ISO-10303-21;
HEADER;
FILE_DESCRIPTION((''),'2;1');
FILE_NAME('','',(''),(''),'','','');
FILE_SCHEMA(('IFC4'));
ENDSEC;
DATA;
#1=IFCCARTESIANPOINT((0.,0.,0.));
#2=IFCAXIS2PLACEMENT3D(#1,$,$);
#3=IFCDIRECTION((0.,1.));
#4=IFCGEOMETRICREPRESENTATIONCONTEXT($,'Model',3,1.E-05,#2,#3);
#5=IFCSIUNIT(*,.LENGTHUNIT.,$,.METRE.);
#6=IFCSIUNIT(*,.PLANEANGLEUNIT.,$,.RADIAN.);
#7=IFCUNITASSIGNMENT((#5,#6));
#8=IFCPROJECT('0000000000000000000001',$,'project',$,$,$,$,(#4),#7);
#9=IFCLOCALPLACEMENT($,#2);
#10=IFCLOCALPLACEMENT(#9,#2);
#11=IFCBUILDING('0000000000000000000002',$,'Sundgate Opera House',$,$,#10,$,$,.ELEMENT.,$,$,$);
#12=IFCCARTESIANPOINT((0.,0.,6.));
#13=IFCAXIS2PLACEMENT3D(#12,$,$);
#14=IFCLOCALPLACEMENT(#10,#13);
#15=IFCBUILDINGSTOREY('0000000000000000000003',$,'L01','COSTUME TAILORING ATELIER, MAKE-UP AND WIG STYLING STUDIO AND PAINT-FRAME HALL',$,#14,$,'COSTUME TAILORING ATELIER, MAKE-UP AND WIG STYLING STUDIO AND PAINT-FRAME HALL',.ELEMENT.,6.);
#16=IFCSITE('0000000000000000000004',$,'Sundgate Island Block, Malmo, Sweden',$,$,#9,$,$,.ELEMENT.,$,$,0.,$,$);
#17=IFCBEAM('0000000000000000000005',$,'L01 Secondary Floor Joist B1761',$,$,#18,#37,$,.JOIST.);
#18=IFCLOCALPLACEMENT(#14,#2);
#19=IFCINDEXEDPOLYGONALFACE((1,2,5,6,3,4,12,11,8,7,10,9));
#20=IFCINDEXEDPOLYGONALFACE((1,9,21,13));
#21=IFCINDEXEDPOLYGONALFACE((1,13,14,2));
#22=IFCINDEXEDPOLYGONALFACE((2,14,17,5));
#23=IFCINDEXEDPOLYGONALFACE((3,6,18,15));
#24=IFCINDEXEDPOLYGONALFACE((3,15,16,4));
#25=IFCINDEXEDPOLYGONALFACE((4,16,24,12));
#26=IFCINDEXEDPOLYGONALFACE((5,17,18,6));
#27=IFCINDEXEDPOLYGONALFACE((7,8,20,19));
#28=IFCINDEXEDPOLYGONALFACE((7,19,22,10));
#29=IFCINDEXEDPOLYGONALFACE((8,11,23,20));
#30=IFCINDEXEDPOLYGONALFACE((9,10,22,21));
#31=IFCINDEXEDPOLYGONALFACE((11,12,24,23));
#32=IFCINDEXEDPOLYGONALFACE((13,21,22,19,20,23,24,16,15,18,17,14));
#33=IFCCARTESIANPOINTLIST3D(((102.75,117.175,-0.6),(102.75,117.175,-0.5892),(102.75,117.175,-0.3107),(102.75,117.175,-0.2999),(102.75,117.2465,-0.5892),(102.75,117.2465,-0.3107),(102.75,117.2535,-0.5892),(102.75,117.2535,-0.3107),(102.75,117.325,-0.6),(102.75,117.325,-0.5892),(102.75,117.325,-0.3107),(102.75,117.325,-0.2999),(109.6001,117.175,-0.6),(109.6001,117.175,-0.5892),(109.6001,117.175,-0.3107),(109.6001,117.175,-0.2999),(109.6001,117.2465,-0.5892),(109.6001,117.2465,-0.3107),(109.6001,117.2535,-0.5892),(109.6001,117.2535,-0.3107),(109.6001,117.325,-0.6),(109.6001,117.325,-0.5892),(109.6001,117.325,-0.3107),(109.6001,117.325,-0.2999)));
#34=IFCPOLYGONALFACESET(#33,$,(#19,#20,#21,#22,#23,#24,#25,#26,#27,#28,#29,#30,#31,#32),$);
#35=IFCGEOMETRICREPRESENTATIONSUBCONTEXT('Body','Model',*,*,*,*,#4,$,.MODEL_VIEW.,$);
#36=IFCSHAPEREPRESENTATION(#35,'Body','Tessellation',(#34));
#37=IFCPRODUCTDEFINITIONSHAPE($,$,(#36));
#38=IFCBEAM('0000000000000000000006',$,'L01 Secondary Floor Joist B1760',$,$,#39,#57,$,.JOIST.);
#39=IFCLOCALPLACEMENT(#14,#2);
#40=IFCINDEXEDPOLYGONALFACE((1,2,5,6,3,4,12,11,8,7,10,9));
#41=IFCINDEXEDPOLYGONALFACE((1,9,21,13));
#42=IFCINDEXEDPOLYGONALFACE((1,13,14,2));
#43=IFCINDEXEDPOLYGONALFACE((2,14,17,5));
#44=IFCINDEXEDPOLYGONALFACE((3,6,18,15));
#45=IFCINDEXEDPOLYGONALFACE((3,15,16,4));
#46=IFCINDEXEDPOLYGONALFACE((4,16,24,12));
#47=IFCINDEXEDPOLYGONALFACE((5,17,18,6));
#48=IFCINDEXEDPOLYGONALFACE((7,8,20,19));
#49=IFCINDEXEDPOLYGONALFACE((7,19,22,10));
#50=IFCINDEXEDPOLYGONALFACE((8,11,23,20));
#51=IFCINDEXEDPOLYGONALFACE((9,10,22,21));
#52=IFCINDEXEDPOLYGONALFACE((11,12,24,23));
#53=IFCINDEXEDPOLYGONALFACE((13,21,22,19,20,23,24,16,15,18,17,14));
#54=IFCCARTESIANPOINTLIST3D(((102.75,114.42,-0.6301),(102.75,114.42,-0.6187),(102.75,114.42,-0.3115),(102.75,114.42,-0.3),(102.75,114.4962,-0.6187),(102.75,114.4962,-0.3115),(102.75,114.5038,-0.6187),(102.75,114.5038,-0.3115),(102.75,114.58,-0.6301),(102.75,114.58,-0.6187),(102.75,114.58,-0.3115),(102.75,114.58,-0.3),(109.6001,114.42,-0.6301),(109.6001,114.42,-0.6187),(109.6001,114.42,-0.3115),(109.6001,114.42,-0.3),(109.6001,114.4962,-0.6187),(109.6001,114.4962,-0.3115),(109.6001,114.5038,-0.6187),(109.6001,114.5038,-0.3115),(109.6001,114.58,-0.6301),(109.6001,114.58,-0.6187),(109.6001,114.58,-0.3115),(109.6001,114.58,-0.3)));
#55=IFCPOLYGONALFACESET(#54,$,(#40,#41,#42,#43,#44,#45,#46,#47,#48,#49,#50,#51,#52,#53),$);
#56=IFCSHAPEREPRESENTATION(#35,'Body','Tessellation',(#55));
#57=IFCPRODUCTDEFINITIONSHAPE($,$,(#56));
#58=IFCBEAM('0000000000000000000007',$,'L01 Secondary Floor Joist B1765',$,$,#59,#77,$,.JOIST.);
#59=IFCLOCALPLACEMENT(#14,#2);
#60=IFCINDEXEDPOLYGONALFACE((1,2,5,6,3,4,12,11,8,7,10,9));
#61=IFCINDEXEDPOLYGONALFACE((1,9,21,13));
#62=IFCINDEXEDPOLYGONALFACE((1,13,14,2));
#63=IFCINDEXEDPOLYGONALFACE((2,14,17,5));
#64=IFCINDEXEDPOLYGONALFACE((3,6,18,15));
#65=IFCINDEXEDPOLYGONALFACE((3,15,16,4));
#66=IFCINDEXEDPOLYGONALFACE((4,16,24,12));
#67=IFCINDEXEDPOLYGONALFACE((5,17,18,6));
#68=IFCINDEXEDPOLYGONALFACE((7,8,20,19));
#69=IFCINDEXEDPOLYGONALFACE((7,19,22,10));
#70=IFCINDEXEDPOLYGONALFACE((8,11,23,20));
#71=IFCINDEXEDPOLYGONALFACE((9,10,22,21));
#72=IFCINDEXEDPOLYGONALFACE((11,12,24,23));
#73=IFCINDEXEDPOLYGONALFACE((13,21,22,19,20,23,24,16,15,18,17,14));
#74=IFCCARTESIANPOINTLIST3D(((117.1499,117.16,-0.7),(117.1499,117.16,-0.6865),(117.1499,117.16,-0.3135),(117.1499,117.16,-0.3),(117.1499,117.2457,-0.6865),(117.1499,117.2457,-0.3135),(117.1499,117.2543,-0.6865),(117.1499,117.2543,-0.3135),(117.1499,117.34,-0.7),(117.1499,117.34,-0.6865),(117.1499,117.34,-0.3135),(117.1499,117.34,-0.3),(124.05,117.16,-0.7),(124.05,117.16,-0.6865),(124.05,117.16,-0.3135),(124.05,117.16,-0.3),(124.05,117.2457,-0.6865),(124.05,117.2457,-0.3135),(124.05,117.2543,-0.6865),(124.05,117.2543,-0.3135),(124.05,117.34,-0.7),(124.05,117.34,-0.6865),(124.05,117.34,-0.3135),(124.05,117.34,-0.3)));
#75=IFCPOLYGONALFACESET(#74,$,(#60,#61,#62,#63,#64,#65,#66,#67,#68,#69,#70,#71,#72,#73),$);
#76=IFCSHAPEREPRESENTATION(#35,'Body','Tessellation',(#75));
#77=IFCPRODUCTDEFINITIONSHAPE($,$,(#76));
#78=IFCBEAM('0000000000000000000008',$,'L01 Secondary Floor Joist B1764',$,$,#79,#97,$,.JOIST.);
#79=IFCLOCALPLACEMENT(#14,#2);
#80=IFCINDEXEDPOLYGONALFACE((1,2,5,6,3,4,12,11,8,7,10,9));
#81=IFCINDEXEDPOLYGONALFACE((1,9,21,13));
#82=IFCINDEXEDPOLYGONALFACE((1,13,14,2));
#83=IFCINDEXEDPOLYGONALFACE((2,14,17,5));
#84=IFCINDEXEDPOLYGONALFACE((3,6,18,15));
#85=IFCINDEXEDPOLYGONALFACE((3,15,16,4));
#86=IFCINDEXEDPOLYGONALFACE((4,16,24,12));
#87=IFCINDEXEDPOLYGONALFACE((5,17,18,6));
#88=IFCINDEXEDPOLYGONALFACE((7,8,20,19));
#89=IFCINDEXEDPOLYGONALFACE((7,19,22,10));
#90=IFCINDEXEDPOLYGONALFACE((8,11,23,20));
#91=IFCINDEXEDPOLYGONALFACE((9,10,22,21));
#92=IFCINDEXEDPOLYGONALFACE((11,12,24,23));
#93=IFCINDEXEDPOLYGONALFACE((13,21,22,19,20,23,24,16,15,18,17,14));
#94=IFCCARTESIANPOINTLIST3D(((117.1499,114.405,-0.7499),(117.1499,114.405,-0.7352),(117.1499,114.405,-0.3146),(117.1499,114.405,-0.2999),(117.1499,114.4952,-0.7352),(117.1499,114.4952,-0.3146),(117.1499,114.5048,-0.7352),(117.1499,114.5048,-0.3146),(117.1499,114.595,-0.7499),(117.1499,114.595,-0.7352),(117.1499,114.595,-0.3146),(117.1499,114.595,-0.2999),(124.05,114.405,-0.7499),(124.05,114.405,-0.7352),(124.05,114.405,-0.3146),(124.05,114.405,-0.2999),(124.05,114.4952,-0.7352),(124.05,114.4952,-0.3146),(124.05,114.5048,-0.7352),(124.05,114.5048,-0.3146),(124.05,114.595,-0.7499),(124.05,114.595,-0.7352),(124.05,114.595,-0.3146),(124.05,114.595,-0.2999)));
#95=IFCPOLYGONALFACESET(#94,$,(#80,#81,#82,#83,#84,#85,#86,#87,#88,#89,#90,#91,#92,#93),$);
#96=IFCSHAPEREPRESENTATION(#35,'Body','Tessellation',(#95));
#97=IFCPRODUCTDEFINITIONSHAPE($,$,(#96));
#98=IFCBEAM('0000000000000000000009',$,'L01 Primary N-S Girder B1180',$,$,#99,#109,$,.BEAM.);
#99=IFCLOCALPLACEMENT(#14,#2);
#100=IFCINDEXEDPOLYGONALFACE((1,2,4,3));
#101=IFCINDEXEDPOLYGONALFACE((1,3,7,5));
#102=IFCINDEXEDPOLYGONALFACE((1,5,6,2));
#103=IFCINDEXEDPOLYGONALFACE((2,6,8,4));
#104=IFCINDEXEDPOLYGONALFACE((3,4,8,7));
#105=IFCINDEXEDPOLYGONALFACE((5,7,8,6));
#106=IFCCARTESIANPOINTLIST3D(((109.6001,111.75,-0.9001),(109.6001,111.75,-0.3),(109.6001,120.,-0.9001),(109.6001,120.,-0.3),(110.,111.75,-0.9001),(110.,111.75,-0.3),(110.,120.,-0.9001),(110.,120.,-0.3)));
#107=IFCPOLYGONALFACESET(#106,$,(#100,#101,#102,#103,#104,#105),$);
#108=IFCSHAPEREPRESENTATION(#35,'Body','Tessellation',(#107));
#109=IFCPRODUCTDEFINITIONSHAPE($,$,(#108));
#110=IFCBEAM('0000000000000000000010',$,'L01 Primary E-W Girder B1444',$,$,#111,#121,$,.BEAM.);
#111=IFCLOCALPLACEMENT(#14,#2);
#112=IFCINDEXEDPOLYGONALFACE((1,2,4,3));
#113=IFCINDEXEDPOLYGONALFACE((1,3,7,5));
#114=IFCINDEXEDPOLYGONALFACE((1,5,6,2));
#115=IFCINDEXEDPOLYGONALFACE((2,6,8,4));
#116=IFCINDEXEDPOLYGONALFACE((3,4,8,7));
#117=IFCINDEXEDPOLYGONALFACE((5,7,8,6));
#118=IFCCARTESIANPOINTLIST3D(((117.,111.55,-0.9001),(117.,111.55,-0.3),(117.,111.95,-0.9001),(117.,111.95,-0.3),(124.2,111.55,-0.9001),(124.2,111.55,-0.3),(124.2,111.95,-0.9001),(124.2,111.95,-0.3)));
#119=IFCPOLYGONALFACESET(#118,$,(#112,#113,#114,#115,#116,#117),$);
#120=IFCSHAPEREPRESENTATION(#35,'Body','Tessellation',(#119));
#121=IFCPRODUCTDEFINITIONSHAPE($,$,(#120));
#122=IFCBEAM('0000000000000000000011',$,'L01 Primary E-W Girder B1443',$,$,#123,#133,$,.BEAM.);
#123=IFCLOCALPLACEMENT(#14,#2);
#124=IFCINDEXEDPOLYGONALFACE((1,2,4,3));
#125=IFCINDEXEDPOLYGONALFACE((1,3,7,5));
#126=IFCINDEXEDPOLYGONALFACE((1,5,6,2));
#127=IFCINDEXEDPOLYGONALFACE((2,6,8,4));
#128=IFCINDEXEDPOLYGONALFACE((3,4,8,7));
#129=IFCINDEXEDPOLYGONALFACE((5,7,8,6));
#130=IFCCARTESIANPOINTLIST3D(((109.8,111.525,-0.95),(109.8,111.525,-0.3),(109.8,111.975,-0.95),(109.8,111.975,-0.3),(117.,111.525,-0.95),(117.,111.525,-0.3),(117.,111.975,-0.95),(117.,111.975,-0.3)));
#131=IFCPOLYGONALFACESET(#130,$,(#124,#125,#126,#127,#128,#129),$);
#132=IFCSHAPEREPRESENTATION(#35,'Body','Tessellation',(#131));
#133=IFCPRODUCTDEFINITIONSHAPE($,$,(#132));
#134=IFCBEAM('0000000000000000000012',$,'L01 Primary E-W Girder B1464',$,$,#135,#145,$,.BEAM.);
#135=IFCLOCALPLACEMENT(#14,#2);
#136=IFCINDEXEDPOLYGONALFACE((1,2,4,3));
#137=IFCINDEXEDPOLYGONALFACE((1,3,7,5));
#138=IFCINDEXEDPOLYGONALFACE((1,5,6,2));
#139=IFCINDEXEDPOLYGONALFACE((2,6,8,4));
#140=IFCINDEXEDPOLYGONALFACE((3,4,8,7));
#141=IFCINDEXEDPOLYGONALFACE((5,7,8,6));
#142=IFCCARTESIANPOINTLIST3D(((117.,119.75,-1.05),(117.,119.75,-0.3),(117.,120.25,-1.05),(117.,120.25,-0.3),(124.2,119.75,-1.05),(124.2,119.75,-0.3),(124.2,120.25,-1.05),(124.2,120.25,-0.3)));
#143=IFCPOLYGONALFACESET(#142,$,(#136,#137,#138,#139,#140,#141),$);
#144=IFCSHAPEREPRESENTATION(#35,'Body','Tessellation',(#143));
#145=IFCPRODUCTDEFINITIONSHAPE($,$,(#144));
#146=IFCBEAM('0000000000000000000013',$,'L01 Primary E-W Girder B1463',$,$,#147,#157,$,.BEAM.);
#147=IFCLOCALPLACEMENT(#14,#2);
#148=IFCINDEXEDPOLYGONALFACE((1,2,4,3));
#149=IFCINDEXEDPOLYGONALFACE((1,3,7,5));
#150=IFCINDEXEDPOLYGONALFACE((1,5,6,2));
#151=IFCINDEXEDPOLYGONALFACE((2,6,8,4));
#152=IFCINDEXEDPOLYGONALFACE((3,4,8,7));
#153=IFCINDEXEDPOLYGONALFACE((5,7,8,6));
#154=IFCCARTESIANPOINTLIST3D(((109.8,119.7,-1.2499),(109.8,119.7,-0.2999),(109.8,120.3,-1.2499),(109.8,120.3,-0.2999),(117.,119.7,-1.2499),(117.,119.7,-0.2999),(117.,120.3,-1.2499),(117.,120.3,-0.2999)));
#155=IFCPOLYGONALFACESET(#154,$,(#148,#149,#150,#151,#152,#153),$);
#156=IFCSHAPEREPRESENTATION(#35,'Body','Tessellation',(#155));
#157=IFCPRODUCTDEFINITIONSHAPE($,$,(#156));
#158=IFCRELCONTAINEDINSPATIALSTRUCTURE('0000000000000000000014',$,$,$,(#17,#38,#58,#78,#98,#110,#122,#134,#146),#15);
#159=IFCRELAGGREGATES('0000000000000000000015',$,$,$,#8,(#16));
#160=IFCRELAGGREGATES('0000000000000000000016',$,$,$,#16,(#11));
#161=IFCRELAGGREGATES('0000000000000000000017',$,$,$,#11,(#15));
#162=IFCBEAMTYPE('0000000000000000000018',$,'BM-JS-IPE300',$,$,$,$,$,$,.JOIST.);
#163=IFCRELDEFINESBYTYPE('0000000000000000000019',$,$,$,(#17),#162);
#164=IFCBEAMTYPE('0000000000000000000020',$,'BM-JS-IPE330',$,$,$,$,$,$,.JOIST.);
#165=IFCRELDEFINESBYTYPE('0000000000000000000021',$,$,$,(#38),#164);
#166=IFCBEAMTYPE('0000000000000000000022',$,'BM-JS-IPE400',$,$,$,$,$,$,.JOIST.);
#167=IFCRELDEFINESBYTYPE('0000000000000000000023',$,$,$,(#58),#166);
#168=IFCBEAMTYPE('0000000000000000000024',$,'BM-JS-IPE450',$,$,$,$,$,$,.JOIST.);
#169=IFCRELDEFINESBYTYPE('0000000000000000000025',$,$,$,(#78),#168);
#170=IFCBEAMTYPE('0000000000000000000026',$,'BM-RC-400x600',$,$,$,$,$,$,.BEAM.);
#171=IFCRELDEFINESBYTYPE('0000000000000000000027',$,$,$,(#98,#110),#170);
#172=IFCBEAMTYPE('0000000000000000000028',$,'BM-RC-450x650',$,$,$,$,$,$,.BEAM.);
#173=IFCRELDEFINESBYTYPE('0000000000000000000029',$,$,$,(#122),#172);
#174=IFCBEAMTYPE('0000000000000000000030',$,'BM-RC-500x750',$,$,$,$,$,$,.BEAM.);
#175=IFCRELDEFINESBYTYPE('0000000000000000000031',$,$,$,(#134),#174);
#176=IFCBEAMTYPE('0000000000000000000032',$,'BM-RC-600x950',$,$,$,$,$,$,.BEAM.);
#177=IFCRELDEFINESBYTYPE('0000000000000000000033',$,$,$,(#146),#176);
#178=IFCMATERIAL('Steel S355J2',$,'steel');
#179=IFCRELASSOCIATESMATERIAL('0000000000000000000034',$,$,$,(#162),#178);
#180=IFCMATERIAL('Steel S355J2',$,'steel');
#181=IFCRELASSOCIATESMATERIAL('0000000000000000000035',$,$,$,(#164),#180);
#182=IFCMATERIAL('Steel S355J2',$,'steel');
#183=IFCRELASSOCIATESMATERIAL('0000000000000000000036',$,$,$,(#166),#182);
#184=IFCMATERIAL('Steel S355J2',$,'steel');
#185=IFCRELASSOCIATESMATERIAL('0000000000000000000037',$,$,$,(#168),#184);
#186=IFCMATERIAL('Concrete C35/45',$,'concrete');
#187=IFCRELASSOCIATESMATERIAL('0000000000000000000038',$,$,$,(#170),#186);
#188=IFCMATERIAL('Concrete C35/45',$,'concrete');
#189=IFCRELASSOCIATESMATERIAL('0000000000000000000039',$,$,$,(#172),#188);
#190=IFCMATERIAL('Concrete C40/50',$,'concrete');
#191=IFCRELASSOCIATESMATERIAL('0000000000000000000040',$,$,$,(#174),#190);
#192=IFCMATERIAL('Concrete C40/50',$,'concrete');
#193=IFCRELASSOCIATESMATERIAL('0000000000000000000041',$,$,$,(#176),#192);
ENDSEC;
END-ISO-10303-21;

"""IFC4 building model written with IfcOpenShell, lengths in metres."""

from ifc_helpers import new_model, si_unit, direction, frame, origin, origin_2d, place, context, subcontext, project, spatial, rectangle, i_section, extrude, material, material_profile, profile_set, type_object, element, save


model = new_model("IFC4")

# Units and contexts
model_context = context("Model", 3, precision=1e-05, world=origin(), true_north=direction((0.0, 1.0)))
body_context = subcontext(model_context, "Body", "Model", "MODEL_VIEW")
ifc_project = project(units=[si_unit("LENGTHUNIT", "METRE"), si_unit("PLANEANGLEUNIT", "RADIAN")], contexts=[model_context])

# Site, building, storey
site_placement = place(None, origin())
site = spatial("IfcSite", under=ifc_project, at=site_placement, Name="Sundgate Island Block, Malmo, Sweden", CompositionType="ELEMENT", RefElevation=0.0)
building_placement = place(site_placement, origin())
building = spatial("IfcBuilding", under=site, at=building_placement, Name="Sundgate Opera House", CompositionType="ELEMENT")
storey_placement = place(building_placement, frame((0.0, 0.0, 6.0)))
storey = spatial("IfcBuildingStorey", under=building, at=storey_placement, Name="L01", Description="COSTUME TAILORING ATELIER, MAKE-UP AND WIG STYLING STUDIO AND PAINT-FRAME HALL", LongName="COSTUME TAILORING ATELIER, MAKE-UP AND WIG STYLING STUDIO AND PAINT-FRAME HALL", CompositionType="ELEMENT", Elevation=6.0)

# Beams
ifc_material_1 = material(Name="Steel S355J2", Category="steel")
ifc_material_profile_1 = material_profile(ifc_material_1, i_section(OverallWidth=0.1499, OverallDepth=0.3, WebThickness=0.0071, FlangeThickness=0.0107, at=origin_2d()), Name="IPE 300")
ifc_profile_set_1 = profile_set([ifc_material_profile_1], Name="Steel S355J2")
beam_type_1 = type_object("IfcBeamType", Name="BM-JS-IPE300", PredefinedType="JOIST", material=ifc_profile_set_1)
beam_1_placement = place(storey_placement, frame((102.75, 117.25, -0.45), z_axis=(1.0, 0.0, 0.0), x_axis=(0.0, 1.0, 0.0)))
element("IfcBeam", 1, at=beam_1_placement, inside=storey, type_object=beam_type_1, Name="L01 Secondary Floor Joist B1761", PredefinedType="JOIST", context=body_context, shape_type="SweptSolid", body=[
    extrude(i_section(OverallWidth=0.1499, OverallDepth=0.3, WebThickness=0.0071, FlangeThickness=0.0107, at=origin_2d()), origin(), (0.0, 0.0, 1.0), 6.8501),
])
ifc_material_2 = material(Name="Steel S355J2", Category="steel")
ifc_material_profile_2 = material_profile(ifc_material_2, i_section(OverallWidth=0.1599, OverallDepth=0.3301, WebThickness=0.0076, FlangeThickness=0.0115, at=origin_2d()), Name="IPE 330")
ifc_profile_set_2 = profile_set([ifc_material_profile_2], Name="Steel S355J2")
beam_type_2 = type_object("IfcBeamType", Name="BM-JS-IPE330", PredefinedType="JOIST", material=ifc_profile_set_2)
beam_2_placement = place(storey_placement, frame((102.75, 114.5, -0.4651), z_axis=(1.0, 0.0, 0.0), x_axis=(0.0, 1.0, 0.0)))
element("IfcBeam", 2, at=beam_2_placement, inside=storey, type_object=beam_type_2, Name="L01 Secondary Floor Joist B1760", PredefinedType="JOIST", context=body_context, shape_type="SweptSolid", body=[
    extrude(i_section(OverallWidth=0.1599, OverallDepth=0.3301, WebThickness=0.0076, FlangeThickness=0.0115, at=origin_2d()), origin(), (0.0, 0.0, 1.0), 6.8501),
])
ifc_material_3 = material(Name="Steel S355J2", Category="steel")
ifc_material_profile_3 = material_profile(ifc_material_3, i_section(OverallWidth=0.1799, OverallDepth=0.3999, WebThickness=0.0085, FlangeThickness=0.0134, at=origin_2d()), Name="IPE 400")
ifc_profile_set_3 = profile_set([ifc_material_profile_3], Name="Steel S355J2")
beam_type_3 = type_object("IfcBeamType", Name="BM-JS-IPE400", PredefinedType="JOIST", material=ifc_profile_set_3)
beam_3_placement = place(storey_placement, frame((117.1499, 117.25, -0.5), z_axis=(1.0, 0.0, 0.0), x_axis=(0.0, 1.0, 0.0)))
element("IfcBeam", 3, at=beam_3_placement, inside=storey, type_object=beam_type_3, Name="L01 Secondary Floor Joist B1765", PredefinedType="JOIST", context=body_context, shape_type="SweptSolid", body=[
    extrude(i_section(OverallWidth=0.1799, OverallDepth=0.3999, WebThickness=0.0085, FlangeThickness=0.0134, at=origin_2d()), origin(), (0.0, 0.0, 1.0), 6.9001),
])
ifc_material_4 = material(Name="Steel S355J2", Category="steel")
ifc_material_profile_4 = material_profile(ifc_material_4, i_section(OverallWidth=0.1899, OverallDepth=0.45, WebThickness=0.0095, FlangeThickness=0.0146, at=origin_2d()), Name="IPE 450")
ifc_profile_set_4 = profile_set([ifc_material_profile_4], Name="Steel S355J2")
beam_type_4 = type_object("IfcBeamType", Name="BM-JS-IPE450", PredefinedType="JOIST", material=ifc_profile_set_4)
beam_4_placement = place(storey_placement, frame((117.1499, 114.5, -0.5249), z_axis=(1.0, 0.0, 0.0), x_axis=(0.0, 1.0, 0.0)))
element("IfcBeam", 4, at=beam_4_placement, inside=storey, type_object=beam_type_4, Name="L01 Secondary Floor Joist B1764", PredefinedType="JOIST", context=body_context, shape_type="SweptSolid", body=[
    extrude(i_section(OverallWidth=0.1899, OverallDepth=0.45, WebThickness=0.0095, FlangeThickness=0.0146, at=origin_2d()), origin(), (0.0, 0.0, 1.0), 6.9001),
])
ifc_material_5 = material(Name="Concrete C35/45", Category="concrete")
ifc_material_profile_5 = material_profile(ifc_material_5, rectangle(XDim=0.3999, YDim=0.6001, at=origin_2d()), Name="RC 400x600")
ifc_profile_set_5 = profile_set([ifc_material_profile_5], Name="Concrete C35/45")
beam_type_5 = type_object("IfcBeamType", Name="BM-RC-400x600", PredefinedType="BEAM", material=ifc_profile_set_5)
beam_5_placement = place(storey_placement, frame((109.8, 111.75, -0.6001), z_axis=(0.0, 1.0, 0.0), x_axis=(-1.0, 0.0, 0.0)))
element("IfcBeam", 5, at=beam_5_placement, inside=storey, type_object=beam_type_5, Name="L01 Primary N-S Girder B1180", PredefinedType="BEAM", context=body_context, shape_type="SweptSolid", body=[
    extrude(rectangle(XDim=0.3999, YDim=0.6001, at=origin_2d()), origin(), (0.0, 0.0, 1.0), 8.25),
])
beam_6_placement = place(storey_placement, frame((117.0, 111.75, -0.6001), z_axis=(1.0, 0.0, 0.0), x_axis=(0.0, 1.0, 0.0)))
element("IfcBeam", 6, at=beam_6_placement, inside=storey, type_object=beam_type_5, Name="L01 Primary E-W Girder B1444", PredefinedType="BEAM", context=body_context, shape_type="SweptSolid", body=[
    extrude(rectangle(XDim=0.3999, YDim=0.6001, at=origin_2d()), origin(), (0.0, 0.0, 1.0), 7.2),
])
ifc_material_6 = material(Name="Concrete C35/45", Category="concrete")
ifc_material_profile_6 = material_profile(ifc_material_6, rectangle(XDim=0.45, YDim=0.6499, at=origin_2d()), Name="RC 450x650")
ifc_profile_set_6 = profile_set([ifc_material_profile_6], Name="Concrete C35/45")
beam_type_6 = type_object("IfcBeamType", Name="BM-RC-450x650", PredefinedType="BEAM", material=ifc_profile_set_6)
beam_7_placement = place(storey_placement, frame((109.8, 111.75, -0.625), z_axis=(1.0, 0.0, 0.0), x_axis=(0.0, 1.0, 0.0)))
element("IfcBeam", 7, at=beam_7_placement, inside=storey, type_object=beam_type_6, Name="L01 Primary E-W Girder B1443", PredefinedType="BEAM", context=body_context, shape_type="SweptSolid", body=[
    extrude(rectangle(XDim=0.45, YDim=0.6499, at=origin_2d()), origin(), (0.0, 0.0, 1.0), 7.2),
])
ifc_material_7 = material(Name="Concrete C40/50", Category="concrete")
ifc_material_profile_7 = material_profile(ifc_material_7, rectangle(XDim=0.5, YDim=0.75, at=origin_2d()), Name="RC 500x750")
ifc_profile_set_7 = profile_set([ifc_material_profile_7], Name="Concrete C40/50")
beam_type_7 = type_object("IfcBeamType", Name="BM-RC-500x750", PredefinedType="BEAM", material=ifc_profile_set_7)
beam_8_placement = place(storey_placement, frame((117.0, 120.0, -0.675), z_axis=(1.0, 0.0, 0.0), x_axis=(0.0, 1.0, 0.0)))
element("IfcBeam", 8, at=beam_8_placement, inside=storey, type_object=beam_type_7, Name="L01 Primary E-W Girder B1464", PredefinedType="BEAM", context=body_context, shape_type="SweptSolid", body=[
    extrude(rectangle(XDim=0.5, YDim=0.75, at=origin_2d()), origin(), (0.0, 0.0, 1.0), 7.2),
])
ifc_material_8 = material(Name="Concrete C40/50", Category="concrete")
ifc_material_profile_8 = material_profile(ifc_material_8, rectangle(XDim=0.6001, YDim=0.95, at=origin_2d()), Name="RC 600x950")
ifc_profile_set_8 = profile_set([ifc_material_profile_8], Name="Concrete C40/50")
beam_type_8 = type_object("IfcBeamType", Name="BM-RC-600x950", PredefinedType="BEAM", material=ifc_profile_set_8)
beam_9_placement = place(storey_placement, frame((109.8, 120.0, -0.7749), z_axis=(1.0, 0.0, 0.0), x_axis=(0.0, 1.0, 0.0)))
element("IfcBeam", 9, at=beam_9_placement, inside=storey, type_object=beam_type_8, Name="L01 Primary E-W Girder B1463", PredefinedType="BEAM", context=body_context, shape_type="SweptSolid", body=[
    extrude(rectangle(XDim=0.6001, YDim=0.95, at=origin_2d()), origin(), (0.0, 0.0, 1.0), 7.2),
])

save(model, "model.ifc")
